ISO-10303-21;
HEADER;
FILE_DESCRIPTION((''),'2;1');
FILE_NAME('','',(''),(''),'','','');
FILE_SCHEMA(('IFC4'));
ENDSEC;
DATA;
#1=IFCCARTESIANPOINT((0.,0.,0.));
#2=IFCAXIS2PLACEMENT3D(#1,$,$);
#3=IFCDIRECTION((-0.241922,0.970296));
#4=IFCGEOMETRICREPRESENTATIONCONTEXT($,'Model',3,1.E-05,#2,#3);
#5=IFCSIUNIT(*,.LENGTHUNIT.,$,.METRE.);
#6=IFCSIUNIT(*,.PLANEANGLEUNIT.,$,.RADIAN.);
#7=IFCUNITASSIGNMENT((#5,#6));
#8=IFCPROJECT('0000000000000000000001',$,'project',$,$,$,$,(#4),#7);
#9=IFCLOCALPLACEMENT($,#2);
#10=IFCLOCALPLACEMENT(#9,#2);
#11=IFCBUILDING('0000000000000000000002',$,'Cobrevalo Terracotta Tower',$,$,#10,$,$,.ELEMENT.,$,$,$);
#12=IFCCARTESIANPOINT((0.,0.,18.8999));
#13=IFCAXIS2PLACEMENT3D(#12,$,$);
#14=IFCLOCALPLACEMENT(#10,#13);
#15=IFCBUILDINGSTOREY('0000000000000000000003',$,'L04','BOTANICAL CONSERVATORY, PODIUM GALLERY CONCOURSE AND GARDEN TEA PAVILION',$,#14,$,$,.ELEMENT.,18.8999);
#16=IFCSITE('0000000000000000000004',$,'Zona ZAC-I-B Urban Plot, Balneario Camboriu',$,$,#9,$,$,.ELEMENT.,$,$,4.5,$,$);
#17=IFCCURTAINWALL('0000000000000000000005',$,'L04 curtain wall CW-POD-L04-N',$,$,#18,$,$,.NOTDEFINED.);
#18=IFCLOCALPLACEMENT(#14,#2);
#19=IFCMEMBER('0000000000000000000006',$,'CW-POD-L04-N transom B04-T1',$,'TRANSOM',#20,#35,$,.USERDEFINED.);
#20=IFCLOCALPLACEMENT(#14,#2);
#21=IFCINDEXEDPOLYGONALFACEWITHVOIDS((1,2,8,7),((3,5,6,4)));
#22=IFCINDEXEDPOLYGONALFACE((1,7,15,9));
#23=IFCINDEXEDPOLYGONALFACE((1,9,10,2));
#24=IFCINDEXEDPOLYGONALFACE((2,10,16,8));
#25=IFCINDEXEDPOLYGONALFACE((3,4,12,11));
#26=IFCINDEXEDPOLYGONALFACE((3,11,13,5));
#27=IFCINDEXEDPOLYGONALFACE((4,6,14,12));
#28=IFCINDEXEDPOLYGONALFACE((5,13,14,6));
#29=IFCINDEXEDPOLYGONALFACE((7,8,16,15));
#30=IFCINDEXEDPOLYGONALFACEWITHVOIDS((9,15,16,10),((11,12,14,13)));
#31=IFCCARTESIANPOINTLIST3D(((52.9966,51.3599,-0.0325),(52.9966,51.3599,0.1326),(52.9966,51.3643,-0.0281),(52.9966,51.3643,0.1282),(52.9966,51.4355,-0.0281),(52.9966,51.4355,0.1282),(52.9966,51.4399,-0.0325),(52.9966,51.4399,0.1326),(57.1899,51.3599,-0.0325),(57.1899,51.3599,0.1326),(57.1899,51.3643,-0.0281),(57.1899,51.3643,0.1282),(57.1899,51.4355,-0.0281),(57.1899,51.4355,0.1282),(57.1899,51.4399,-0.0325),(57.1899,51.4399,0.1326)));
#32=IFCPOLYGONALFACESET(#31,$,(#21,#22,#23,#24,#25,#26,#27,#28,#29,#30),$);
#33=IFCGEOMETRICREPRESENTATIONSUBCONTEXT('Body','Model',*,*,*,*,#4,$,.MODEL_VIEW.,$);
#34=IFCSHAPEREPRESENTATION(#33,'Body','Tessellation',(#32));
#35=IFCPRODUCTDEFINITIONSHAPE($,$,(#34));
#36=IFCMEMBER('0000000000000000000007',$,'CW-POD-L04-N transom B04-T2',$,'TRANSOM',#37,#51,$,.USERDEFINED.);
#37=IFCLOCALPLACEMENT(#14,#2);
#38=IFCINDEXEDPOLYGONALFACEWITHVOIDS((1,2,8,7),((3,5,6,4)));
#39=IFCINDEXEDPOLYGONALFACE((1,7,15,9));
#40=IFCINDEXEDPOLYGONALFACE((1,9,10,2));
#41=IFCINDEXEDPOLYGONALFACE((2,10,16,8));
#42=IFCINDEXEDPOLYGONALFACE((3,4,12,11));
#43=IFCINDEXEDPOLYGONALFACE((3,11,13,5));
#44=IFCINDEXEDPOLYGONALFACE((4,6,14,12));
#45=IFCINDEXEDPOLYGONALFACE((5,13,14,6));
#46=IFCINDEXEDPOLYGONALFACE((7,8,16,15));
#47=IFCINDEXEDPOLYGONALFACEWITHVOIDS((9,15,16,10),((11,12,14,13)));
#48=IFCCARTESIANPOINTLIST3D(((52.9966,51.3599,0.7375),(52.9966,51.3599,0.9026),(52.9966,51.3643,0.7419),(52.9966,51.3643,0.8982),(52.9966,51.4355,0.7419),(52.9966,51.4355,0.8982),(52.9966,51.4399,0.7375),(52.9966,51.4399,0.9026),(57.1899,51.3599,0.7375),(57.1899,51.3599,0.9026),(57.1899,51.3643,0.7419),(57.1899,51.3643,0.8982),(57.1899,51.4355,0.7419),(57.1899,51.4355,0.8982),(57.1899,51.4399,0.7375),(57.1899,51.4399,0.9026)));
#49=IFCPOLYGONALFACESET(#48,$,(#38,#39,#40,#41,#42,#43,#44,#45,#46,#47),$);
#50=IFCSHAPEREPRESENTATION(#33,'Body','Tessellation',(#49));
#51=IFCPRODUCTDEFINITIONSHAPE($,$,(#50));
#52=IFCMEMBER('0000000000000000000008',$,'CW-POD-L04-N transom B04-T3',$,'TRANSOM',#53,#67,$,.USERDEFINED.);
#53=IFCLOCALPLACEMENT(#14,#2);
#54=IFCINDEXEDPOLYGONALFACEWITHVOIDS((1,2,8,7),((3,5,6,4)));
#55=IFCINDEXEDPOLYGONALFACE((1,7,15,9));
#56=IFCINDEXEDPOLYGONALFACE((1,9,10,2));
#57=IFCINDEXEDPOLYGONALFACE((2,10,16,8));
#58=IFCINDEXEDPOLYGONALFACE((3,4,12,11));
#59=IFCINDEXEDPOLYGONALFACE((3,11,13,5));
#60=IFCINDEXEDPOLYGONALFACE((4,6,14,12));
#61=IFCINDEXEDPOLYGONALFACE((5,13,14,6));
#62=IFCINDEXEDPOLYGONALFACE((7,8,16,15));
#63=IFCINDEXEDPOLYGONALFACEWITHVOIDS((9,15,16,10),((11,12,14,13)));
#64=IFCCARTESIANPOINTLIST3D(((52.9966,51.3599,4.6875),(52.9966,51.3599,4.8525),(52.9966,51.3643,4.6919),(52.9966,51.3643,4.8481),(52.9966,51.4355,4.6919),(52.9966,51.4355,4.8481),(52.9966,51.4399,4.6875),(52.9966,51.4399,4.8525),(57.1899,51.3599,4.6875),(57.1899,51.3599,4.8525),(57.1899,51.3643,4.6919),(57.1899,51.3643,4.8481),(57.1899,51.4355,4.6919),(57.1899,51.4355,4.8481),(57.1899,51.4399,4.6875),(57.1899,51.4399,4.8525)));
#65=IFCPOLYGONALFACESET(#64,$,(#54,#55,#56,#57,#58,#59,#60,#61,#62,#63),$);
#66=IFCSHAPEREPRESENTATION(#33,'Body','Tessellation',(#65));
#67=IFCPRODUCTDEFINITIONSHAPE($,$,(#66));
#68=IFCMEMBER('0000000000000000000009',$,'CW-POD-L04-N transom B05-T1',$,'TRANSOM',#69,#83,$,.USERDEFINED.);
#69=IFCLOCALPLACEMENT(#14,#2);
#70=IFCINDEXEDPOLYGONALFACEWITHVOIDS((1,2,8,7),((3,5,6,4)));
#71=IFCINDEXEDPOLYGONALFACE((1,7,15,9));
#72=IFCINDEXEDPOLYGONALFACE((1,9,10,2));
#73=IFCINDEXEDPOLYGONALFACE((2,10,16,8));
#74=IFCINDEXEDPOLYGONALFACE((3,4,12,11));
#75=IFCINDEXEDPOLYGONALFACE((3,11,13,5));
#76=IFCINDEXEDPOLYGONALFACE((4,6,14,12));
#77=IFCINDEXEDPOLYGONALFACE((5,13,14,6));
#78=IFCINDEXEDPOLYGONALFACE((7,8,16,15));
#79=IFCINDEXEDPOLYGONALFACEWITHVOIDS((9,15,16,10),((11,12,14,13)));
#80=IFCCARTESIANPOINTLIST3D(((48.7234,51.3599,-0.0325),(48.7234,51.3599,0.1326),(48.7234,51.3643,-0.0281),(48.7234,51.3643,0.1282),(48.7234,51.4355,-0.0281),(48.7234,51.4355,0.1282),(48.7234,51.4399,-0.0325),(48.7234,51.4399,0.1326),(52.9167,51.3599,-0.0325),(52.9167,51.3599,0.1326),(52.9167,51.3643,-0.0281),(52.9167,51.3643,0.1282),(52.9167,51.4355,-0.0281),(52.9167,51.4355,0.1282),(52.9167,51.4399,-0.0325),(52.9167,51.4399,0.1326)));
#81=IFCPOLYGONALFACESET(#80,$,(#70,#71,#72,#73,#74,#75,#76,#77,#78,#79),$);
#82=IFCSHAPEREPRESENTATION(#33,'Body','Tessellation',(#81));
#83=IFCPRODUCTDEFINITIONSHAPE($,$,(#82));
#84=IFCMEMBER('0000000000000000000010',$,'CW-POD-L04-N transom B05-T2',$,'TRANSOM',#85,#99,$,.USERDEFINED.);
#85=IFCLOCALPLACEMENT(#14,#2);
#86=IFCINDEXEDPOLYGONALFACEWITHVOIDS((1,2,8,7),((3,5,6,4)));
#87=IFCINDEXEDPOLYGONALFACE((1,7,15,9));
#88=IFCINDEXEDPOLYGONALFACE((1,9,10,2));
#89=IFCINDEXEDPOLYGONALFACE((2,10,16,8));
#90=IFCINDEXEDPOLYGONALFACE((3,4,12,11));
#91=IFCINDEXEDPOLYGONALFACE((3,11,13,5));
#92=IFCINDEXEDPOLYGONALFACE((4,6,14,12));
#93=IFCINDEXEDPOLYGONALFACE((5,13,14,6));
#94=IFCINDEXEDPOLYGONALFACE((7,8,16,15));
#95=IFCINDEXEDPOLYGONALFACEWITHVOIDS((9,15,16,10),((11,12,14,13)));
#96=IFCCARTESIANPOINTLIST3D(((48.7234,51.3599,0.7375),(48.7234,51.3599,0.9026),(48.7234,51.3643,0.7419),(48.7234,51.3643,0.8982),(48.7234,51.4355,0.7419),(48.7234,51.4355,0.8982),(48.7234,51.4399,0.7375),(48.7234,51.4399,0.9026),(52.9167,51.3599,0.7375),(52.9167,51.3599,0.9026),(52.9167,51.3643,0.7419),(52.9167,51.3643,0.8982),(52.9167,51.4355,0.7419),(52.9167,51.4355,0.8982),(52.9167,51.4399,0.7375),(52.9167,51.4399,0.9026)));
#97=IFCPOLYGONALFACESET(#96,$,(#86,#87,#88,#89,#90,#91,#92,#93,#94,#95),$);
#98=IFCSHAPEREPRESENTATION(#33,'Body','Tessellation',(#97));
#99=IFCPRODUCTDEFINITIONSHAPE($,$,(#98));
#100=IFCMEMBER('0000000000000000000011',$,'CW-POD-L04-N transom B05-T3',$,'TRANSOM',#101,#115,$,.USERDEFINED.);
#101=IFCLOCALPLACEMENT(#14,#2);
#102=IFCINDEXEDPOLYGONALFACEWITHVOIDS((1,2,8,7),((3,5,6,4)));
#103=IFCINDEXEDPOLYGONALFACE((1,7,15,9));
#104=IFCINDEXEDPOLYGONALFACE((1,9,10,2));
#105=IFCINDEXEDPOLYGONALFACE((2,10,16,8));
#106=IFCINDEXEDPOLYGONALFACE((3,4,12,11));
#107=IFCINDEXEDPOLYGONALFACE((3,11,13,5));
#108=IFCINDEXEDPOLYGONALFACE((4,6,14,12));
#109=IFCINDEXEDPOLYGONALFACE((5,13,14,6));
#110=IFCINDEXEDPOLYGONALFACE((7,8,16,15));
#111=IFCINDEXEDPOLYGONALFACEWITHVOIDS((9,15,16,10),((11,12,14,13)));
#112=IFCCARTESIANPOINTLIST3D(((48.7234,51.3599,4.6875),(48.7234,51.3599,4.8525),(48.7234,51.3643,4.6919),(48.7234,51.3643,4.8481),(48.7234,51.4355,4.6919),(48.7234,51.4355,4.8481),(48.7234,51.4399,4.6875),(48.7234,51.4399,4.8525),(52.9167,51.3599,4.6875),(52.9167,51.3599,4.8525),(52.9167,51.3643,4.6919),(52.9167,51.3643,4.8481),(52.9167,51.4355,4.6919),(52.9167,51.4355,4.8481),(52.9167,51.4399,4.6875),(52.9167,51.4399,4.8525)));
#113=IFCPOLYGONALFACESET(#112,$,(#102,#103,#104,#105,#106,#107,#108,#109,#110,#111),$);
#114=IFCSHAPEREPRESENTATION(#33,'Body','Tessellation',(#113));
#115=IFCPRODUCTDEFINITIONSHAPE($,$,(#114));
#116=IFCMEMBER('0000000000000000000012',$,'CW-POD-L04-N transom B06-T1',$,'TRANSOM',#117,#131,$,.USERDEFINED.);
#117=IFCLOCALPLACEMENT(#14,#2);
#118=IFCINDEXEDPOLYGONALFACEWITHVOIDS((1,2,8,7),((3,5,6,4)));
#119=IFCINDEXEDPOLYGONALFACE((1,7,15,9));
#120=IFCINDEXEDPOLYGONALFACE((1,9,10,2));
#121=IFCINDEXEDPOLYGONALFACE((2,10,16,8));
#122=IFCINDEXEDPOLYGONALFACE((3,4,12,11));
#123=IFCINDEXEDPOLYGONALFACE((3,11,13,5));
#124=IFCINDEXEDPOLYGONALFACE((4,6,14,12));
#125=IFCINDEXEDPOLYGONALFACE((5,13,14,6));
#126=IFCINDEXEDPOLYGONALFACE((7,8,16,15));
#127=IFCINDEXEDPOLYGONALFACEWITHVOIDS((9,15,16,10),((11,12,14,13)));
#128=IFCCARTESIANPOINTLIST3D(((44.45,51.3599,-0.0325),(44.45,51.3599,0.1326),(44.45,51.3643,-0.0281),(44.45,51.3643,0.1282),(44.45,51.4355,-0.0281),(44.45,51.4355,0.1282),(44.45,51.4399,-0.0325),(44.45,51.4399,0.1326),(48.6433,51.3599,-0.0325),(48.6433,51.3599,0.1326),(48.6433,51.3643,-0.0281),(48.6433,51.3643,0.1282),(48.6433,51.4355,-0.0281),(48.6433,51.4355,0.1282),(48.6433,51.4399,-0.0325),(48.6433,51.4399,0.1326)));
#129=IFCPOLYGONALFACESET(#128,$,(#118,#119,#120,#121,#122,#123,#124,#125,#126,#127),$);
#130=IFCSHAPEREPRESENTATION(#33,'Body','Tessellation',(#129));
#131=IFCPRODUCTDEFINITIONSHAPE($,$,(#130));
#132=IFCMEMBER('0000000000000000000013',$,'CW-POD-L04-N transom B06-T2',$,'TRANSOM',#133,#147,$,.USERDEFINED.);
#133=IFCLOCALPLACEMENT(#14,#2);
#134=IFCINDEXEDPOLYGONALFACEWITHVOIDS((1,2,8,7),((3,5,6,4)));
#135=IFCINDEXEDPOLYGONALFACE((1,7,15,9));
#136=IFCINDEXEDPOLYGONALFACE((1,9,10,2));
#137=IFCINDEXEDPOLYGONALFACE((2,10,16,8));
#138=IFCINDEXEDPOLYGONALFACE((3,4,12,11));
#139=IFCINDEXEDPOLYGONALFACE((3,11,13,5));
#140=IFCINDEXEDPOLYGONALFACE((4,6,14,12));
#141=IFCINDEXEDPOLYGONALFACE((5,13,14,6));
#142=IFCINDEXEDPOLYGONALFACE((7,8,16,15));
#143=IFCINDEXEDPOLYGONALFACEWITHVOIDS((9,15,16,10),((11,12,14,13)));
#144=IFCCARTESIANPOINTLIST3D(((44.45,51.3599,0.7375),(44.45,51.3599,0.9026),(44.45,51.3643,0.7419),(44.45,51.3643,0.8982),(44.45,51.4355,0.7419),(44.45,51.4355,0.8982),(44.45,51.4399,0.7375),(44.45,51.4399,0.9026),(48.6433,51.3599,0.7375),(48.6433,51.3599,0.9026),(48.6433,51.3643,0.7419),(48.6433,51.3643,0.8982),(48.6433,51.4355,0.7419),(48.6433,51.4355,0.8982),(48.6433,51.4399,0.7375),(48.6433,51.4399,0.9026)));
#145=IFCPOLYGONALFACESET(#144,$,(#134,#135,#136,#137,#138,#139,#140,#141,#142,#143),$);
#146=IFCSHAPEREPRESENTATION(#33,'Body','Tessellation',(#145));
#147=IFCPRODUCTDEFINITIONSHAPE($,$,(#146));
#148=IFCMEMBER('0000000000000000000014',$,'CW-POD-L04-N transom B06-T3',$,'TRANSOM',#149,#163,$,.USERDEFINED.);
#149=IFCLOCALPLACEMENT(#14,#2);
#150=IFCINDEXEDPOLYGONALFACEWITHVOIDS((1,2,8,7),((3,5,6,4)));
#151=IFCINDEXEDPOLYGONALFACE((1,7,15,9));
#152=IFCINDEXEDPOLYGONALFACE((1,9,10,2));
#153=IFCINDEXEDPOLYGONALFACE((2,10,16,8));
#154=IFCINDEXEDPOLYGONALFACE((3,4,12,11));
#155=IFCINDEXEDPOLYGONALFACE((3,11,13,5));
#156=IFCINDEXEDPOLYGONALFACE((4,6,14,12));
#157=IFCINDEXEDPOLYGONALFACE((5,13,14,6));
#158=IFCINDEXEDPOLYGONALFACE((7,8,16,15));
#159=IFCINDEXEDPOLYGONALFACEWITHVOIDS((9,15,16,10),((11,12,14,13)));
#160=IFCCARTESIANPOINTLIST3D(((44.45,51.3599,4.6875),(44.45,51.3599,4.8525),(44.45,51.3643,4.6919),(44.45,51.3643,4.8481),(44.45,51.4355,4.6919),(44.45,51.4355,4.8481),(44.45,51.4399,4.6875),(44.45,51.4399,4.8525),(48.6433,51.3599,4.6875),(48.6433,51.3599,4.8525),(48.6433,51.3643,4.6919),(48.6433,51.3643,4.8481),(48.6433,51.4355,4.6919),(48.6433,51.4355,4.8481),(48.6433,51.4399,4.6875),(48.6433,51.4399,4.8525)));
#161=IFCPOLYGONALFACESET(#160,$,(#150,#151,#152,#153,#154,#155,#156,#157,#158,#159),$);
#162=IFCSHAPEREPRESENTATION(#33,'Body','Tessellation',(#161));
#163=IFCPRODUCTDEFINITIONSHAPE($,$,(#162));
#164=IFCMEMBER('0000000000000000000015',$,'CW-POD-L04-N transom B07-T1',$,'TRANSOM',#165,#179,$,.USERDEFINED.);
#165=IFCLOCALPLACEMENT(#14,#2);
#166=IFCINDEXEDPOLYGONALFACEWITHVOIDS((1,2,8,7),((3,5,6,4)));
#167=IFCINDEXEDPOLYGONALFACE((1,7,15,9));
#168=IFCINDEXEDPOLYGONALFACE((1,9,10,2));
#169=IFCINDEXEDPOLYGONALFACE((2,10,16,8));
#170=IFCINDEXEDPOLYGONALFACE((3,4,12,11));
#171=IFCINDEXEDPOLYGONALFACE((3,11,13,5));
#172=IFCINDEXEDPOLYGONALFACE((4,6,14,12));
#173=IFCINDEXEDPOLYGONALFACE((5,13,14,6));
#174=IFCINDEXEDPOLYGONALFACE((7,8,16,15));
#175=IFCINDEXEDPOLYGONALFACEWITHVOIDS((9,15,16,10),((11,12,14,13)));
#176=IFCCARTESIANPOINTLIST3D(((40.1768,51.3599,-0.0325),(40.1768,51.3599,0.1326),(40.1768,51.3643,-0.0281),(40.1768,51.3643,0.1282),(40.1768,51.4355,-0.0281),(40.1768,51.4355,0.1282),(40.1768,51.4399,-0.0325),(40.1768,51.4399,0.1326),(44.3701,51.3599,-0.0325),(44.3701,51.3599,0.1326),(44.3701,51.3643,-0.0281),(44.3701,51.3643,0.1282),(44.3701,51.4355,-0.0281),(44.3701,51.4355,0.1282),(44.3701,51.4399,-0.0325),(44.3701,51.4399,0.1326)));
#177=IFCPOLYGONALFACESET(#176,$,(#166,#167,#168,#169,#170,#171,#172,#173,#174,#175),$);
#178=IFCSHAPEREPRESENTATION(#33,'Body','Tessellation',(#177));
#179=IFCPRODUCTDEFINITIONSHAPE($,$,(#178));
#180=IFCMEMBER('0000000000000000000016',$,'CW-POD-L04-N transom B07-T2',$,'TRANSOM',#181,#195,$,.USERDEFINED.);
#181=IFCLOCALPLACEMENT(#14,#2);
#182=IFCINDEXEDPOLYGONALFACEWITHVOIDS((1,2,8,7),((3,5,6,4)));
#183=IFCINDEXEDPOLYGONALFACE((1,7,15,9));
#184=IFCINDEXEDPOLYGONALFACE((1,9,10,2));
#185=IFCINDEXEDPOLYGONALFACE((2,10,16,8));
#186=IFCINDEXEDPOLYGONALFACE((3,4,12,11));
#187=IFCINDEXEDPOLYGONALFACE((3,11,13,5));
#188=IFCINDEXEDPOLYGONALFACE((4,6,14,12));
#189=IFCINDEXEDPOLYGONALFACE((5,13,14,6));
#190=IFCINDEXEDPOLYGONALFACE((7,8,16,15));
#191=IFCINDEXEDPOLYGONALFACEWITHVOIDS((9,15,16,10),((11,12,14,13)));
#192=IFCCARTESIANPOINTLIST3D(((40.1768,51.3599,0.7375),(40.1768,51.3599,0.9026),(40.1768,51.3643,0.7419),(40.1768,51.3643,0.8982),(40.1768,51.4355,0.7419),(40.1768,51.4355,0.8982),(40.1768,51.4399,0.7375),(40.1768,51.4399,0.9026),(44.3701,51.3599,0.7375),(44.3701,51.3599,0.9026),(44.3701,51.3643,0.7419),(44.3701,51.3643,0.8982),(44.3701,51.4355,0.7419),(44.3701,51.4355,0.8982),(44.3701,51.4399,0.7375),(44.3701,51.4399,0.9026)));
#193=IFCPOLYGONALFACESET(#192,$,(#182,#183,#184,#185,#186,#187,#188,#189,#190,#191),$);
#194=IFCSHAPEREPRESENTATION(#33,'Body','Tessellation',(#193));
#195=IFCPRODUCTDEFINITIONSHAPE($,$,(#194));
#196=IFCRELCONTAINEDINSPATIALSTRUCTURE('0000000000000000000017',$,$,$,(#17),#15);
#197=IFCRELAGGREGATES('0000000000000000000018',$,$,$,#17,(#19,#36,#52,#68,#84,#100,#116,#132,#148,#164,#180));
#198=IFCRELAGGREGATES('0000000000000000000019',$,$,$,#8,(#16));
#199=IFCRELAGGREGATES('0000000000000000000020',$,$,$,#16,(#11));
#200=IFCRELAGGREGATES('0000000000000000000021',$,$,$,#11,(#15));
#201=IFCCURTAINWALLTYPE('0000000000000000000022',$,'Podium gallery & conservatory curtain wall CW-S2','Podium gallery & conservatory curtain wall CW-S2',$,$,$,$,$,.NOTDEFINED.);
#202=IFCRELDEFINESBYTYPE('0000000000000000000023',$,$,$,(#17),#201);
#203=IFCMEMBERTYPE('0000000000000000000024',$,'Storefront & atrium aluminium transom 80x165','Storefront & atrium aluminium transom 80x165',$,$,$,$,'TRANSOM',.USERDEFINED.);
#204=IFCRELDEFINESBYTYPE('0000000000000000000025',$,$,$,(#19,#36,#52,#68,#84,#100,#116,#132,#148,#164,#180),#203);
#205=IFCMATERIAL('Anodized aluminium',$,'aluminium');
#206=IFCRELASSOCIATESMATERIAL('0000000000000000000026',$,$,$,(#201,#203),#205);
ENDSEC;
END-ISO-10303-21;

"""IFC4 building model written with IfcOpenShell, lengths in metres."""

from ifc_helpers import new_model, si_unit, direction, frame, origin, origin_2d, place, context, subcontext, project, spatial, hollow_rectangle, extrude, source, transform, mapped, material, material_profile, profile_set, type_object, element, aggregate, save


model = new_model("IFC4")

# Units and contexts
model_context = context("Model", 3, precision=1e-05, world=origin(), true_north=direction((-0.241922, 0.970296)))
body_context = subcontext(model_context, "Body", "Model", "MODEL_VIEW")
ifc_project = project(units=[si_unit("LENGTHUNIT", "METRE"), si_unit("PLANEANGLEUNIT", "RADIAN")], contexts=[model_context])

# Site, building, storey
site_placement = place(None, origin())
site = spatial("IfcSite", under=ifc_project, at=site_placement, Name="Zona ZAC-I-B Urban Plot, Balneario Camboriu", CompositionType="ELEMENT", RefElevation=4.5)
building_placement = place(site_placement, origin())
building = spatial("IfcBuilding", under=site, at=building_placement, Name="Cobrevalo Terracotta Tower", CompositionType="ELEMENT")
storey_placement = place(building_placement, frame((0.0, 0.0, 18.8999)))
storey = spatial("IfcBuildingStorey", under=building, at=storey_placement, Name="L04", Description="BOTANICAL CONSERVATORY, PODIUM GALLERY CONCOURSE AND GARDEN TEA PAVILION", CompositionType="ELEMENT", Elevation=18.8999)

# Curtain wall, members
ifc_material_1 = material(Name="Anodized aluminium", Category="aluminium")
curtain_wall_type = type_object("IfcCurtainWallType", Name="Podium gallery & conservatory curtain wall CW-S2", Description="Podium gallery & conservatory curtain wall CW-S2", PredefinedType="NOTDEFINED", material=ifc_material_1)
curtain_wall_placement = place(storey_placement, origin())
curtain_wall = element("IfcCurtainWall", 1, at=curtain_wall_placement, inside=storey, type_object=curtain_wall_type, Name="L04 curtain wall CW-POD-L04-N", PredefinedType="NOTDEFINED")
ifc_material_profile_1 = material_profile(ifc_material_1, hollow_rectangle(XDim=0.0801, YDim=0.165, WallThickness=0.0044, at=origin_2d()), Name="CWT 80x165")
ifc_profile_set_1 = profile_set([ifc_material_profile_1], Name="Anodized aluminium")
member_type_1 = type_object("IfcMemberType", Name="Storefront & atrium aluminium transom 80x165", Description="Storefront & atrium aluminium transom 80x165", ElementType="TRANSOM", PredefinedType="USERDEFINED", material=ifc_profile_set_1)
shared_shape_1 = source(origin(), body_context, "Body", "SweptSolid", [
    extrude(hollow_rectangle(XDim=0.0801, YDim=0.165, WallThickness=0.0044, at=origin_2d()), origin(), (0.0, 0.0, 1.0), 4.1934),
])
member_1_placement = place(storey_placement, frame((57.1899, 51.3999, 0.05), z_axis=(-1.0, 0.0, 0.0), x_axis=(0.0, -1.0, 0.0)))
member_1 = element("IfcMember", 2, at=member_1_placement, type_object=member_type_1, Name="CW-POD-L04-N transom B04-T1", ObjectType="TRANSOM", PredefinedType="USERDEFINED", context=body_context, shape_type="MappedRepresentation", body=[
    mapped(shared_shape_1, transform((0.0, 0.0, 0.0), scale=1.0)),
])
member_2_placement = place(storey_placement, frame((57.1899, 51.3999, 0.8201), z_axis=(-1.0, 0.0, 0.0), x_axis=(0.0, -1.0, 0.0)))
member_2 = element("IfcMember", 3, at=member_2_placement, type_object=member_type_1, Name="CW-POD-L04-N transom B04-T2", ObjectType="TRANSOM", PredefinedType="USERDEFINED", context=body_context, shape_type="MappedRepresentation", body=[
    mapped(shared_shape_1, transform((0.0, 0.0, 0.0), scale=1.0)),
])
member_3_placement = place(storey_placement, frame((57.1899, 51.3999, 4.77), z_axis=(-1.0, 0.0, 0.0), x_axis=(0.0, -1.0, 0.0)))
member_3 = element("IfcMember", 4, at=member_3_placement, type_object=member_type_1, Name="CW-POD-L04-N transom B04-T3", ObjectType="TRANSOM", PredefinedType="USERDEFINED", context=body_context, shape_type="MappedRepresentation", body=[
    mapped(shared_shape_1, transform((0.0, 0.0, 0.0), scale=1.0)),
])
member_4_placement = place(storey_placement, frame((52.9167, 51.3999, 0.05), z_axis=(-1.0, 0.0, 0.0), x_axis=(0.0, -1.0, 0.0)))
member_4 = element("IfcMember", 5, at=member_4_placement, type_object=member_type_1, Name="CW-POD-L04-N transom B05-T1", ObjectType="TRANSOM", PredefinedType="USERDEFINED", context=body_context, shape_type="MappedRepresentation", body=[
    mapped(shared_shape_1, transform((0.0, 0.0, 0.0), scale=1.0)),
])
member_5_placement = place(storey_placement, frame((52.9167, 51.3999, 0.8201), z_axis=(-1.0, 0.0, 0.0), x_axis=(0.0, -1.0, 0.0)))
member_5 = element("IfcMember", 6, at=member_5_placement, type_object=member_type_1, Name="CW-POD-L04-N transom B05-T2", ObjectType="TRANSOM", PredefinedType="USERDEFINED", context=body_context, shape_type="MappedRepresentation", body=[
    mapped(shared_shape_1, transform((0.0, 0.0, 0.0), scale=1.0)),
])
member_6_placement = place(storey_placement, frame((52.9167, 51.3999, 4.77), z_axis=(-1.0, 0.0, 0.0), x_axis=(0.0, -1.0, 0.0)))
member_6 = element("IfcMember", 7, at=member_6_placement, type_object=member_type_1, Name="CW-POD-L04-N transom B05-T3", ObjectType="TRANSOM", PredefinedType="USERDEFINED", context=body_context, shape_type="MappedRepresentation", body=[
    mapped(shared_shape_1, transform((0.0, 0.0, 0.0), scale=1.0)),
])
member_7_placement = place(storey_placement, frame((48.6433, 51.3999, 0.05), z_axis=(-1.0, 0.0, 0.0), x_axis=(0.0, -1.0, 0.0)))
member_7 = element("IfcMember", 8, at=member_7_placement, type_object=member_type_1, Name="CW-POD-L04-N transom B06-T1", ObjectType="TRANSOM", PredefinedType="USERDEFINED", context=body_context, shape_type="MappedRepresentation", body=[
    mapped(shared_shape_1, transform((0.0, 0.0, 0.0), scale=1.0)),
])
member_8_placement = place(storey_placement, frame((48.6433, 51.3999, 0.8201), z_axis=(-1.0, 0.0, 0.0), x_axis=(0.0, -1.0, 0.0)))
member_8 = element("IfcMember", 9, at=member_8_placement, type_object=member_type_1, Name="CW-POD-L04-N transom B06-T2", ObjectType="TRANSOM", PredefinedType="USERDEFINED", context=body_context, shape_type="MappedRepresentation", body=[
    mapped(shared_shape_1, transform((0.0, 0.0, 0.0), scale=1.0)),
])
member_9_placement = place(storey_placement, frame((48.6433, 51.3999, 4.77), z_axis=(-1.0, 0.0, 0.0), x_axis=(0.0, -1.0, 0.0)))
member_9 = element("IfcMember", 10, at=member_9_placement, type_object=member_type_1, Name="CW-POD-L04-N transom B06-T3", ObjectType="TRANSOM", PredefinedType="USERDEFINED", context=body_context, shape_type="MappedRepresentation", body=[
    mapped(shared_shape_1, transform((0.0, 0.0, 0.0), scale=1.0)),
])
member_10_placement = place(storey_placement, frame((44.3701, 51.3999, 0.05), z_axis=(-1.0, 0.0, 0.0), x_axis=(0.0, -1.0, 0.0)))
member_10 = element("IfcMember", 11, at=member_10_placement, type_object=member_type_1, Name="CW-POD-L04-N transom B07-T1", ObjectType="TRANSOM", PredefinedType="USERDEFINED", context=body_context, shape_type="MappedRepresentation", body=[
    mapped(shared_shape_1, transform((0.0, 0.0, 0.0), scale=1.0)),
])
member_11_placement = place(storey_placement, frame((44.3701, 51.3999, 0.8201), z_axis=(-1.0, 0.0, 0.0), x_axis=(0.0, -1.0, 0.0)))
member_11 = element("IfcMember", 12, at=member_11_placement, type_object=member_type_1, Name="CW-POD-L04-N transom B07-T2", ObjectType="TRANSOM", PredefinedType="USERDEFINED", context=body_context, shape_type="MappedRepresentation", body=[
    mapped(shared_shape_1, transform((0.0, 0.0, 0.0), scale=1.0)),
])
aggregate(curtain_wall, [member_1, member_2, member_3, member_4, member_5, member_6, member_7, member_8, member_9, member_10, member_11])

save(model, "model.ifc")
